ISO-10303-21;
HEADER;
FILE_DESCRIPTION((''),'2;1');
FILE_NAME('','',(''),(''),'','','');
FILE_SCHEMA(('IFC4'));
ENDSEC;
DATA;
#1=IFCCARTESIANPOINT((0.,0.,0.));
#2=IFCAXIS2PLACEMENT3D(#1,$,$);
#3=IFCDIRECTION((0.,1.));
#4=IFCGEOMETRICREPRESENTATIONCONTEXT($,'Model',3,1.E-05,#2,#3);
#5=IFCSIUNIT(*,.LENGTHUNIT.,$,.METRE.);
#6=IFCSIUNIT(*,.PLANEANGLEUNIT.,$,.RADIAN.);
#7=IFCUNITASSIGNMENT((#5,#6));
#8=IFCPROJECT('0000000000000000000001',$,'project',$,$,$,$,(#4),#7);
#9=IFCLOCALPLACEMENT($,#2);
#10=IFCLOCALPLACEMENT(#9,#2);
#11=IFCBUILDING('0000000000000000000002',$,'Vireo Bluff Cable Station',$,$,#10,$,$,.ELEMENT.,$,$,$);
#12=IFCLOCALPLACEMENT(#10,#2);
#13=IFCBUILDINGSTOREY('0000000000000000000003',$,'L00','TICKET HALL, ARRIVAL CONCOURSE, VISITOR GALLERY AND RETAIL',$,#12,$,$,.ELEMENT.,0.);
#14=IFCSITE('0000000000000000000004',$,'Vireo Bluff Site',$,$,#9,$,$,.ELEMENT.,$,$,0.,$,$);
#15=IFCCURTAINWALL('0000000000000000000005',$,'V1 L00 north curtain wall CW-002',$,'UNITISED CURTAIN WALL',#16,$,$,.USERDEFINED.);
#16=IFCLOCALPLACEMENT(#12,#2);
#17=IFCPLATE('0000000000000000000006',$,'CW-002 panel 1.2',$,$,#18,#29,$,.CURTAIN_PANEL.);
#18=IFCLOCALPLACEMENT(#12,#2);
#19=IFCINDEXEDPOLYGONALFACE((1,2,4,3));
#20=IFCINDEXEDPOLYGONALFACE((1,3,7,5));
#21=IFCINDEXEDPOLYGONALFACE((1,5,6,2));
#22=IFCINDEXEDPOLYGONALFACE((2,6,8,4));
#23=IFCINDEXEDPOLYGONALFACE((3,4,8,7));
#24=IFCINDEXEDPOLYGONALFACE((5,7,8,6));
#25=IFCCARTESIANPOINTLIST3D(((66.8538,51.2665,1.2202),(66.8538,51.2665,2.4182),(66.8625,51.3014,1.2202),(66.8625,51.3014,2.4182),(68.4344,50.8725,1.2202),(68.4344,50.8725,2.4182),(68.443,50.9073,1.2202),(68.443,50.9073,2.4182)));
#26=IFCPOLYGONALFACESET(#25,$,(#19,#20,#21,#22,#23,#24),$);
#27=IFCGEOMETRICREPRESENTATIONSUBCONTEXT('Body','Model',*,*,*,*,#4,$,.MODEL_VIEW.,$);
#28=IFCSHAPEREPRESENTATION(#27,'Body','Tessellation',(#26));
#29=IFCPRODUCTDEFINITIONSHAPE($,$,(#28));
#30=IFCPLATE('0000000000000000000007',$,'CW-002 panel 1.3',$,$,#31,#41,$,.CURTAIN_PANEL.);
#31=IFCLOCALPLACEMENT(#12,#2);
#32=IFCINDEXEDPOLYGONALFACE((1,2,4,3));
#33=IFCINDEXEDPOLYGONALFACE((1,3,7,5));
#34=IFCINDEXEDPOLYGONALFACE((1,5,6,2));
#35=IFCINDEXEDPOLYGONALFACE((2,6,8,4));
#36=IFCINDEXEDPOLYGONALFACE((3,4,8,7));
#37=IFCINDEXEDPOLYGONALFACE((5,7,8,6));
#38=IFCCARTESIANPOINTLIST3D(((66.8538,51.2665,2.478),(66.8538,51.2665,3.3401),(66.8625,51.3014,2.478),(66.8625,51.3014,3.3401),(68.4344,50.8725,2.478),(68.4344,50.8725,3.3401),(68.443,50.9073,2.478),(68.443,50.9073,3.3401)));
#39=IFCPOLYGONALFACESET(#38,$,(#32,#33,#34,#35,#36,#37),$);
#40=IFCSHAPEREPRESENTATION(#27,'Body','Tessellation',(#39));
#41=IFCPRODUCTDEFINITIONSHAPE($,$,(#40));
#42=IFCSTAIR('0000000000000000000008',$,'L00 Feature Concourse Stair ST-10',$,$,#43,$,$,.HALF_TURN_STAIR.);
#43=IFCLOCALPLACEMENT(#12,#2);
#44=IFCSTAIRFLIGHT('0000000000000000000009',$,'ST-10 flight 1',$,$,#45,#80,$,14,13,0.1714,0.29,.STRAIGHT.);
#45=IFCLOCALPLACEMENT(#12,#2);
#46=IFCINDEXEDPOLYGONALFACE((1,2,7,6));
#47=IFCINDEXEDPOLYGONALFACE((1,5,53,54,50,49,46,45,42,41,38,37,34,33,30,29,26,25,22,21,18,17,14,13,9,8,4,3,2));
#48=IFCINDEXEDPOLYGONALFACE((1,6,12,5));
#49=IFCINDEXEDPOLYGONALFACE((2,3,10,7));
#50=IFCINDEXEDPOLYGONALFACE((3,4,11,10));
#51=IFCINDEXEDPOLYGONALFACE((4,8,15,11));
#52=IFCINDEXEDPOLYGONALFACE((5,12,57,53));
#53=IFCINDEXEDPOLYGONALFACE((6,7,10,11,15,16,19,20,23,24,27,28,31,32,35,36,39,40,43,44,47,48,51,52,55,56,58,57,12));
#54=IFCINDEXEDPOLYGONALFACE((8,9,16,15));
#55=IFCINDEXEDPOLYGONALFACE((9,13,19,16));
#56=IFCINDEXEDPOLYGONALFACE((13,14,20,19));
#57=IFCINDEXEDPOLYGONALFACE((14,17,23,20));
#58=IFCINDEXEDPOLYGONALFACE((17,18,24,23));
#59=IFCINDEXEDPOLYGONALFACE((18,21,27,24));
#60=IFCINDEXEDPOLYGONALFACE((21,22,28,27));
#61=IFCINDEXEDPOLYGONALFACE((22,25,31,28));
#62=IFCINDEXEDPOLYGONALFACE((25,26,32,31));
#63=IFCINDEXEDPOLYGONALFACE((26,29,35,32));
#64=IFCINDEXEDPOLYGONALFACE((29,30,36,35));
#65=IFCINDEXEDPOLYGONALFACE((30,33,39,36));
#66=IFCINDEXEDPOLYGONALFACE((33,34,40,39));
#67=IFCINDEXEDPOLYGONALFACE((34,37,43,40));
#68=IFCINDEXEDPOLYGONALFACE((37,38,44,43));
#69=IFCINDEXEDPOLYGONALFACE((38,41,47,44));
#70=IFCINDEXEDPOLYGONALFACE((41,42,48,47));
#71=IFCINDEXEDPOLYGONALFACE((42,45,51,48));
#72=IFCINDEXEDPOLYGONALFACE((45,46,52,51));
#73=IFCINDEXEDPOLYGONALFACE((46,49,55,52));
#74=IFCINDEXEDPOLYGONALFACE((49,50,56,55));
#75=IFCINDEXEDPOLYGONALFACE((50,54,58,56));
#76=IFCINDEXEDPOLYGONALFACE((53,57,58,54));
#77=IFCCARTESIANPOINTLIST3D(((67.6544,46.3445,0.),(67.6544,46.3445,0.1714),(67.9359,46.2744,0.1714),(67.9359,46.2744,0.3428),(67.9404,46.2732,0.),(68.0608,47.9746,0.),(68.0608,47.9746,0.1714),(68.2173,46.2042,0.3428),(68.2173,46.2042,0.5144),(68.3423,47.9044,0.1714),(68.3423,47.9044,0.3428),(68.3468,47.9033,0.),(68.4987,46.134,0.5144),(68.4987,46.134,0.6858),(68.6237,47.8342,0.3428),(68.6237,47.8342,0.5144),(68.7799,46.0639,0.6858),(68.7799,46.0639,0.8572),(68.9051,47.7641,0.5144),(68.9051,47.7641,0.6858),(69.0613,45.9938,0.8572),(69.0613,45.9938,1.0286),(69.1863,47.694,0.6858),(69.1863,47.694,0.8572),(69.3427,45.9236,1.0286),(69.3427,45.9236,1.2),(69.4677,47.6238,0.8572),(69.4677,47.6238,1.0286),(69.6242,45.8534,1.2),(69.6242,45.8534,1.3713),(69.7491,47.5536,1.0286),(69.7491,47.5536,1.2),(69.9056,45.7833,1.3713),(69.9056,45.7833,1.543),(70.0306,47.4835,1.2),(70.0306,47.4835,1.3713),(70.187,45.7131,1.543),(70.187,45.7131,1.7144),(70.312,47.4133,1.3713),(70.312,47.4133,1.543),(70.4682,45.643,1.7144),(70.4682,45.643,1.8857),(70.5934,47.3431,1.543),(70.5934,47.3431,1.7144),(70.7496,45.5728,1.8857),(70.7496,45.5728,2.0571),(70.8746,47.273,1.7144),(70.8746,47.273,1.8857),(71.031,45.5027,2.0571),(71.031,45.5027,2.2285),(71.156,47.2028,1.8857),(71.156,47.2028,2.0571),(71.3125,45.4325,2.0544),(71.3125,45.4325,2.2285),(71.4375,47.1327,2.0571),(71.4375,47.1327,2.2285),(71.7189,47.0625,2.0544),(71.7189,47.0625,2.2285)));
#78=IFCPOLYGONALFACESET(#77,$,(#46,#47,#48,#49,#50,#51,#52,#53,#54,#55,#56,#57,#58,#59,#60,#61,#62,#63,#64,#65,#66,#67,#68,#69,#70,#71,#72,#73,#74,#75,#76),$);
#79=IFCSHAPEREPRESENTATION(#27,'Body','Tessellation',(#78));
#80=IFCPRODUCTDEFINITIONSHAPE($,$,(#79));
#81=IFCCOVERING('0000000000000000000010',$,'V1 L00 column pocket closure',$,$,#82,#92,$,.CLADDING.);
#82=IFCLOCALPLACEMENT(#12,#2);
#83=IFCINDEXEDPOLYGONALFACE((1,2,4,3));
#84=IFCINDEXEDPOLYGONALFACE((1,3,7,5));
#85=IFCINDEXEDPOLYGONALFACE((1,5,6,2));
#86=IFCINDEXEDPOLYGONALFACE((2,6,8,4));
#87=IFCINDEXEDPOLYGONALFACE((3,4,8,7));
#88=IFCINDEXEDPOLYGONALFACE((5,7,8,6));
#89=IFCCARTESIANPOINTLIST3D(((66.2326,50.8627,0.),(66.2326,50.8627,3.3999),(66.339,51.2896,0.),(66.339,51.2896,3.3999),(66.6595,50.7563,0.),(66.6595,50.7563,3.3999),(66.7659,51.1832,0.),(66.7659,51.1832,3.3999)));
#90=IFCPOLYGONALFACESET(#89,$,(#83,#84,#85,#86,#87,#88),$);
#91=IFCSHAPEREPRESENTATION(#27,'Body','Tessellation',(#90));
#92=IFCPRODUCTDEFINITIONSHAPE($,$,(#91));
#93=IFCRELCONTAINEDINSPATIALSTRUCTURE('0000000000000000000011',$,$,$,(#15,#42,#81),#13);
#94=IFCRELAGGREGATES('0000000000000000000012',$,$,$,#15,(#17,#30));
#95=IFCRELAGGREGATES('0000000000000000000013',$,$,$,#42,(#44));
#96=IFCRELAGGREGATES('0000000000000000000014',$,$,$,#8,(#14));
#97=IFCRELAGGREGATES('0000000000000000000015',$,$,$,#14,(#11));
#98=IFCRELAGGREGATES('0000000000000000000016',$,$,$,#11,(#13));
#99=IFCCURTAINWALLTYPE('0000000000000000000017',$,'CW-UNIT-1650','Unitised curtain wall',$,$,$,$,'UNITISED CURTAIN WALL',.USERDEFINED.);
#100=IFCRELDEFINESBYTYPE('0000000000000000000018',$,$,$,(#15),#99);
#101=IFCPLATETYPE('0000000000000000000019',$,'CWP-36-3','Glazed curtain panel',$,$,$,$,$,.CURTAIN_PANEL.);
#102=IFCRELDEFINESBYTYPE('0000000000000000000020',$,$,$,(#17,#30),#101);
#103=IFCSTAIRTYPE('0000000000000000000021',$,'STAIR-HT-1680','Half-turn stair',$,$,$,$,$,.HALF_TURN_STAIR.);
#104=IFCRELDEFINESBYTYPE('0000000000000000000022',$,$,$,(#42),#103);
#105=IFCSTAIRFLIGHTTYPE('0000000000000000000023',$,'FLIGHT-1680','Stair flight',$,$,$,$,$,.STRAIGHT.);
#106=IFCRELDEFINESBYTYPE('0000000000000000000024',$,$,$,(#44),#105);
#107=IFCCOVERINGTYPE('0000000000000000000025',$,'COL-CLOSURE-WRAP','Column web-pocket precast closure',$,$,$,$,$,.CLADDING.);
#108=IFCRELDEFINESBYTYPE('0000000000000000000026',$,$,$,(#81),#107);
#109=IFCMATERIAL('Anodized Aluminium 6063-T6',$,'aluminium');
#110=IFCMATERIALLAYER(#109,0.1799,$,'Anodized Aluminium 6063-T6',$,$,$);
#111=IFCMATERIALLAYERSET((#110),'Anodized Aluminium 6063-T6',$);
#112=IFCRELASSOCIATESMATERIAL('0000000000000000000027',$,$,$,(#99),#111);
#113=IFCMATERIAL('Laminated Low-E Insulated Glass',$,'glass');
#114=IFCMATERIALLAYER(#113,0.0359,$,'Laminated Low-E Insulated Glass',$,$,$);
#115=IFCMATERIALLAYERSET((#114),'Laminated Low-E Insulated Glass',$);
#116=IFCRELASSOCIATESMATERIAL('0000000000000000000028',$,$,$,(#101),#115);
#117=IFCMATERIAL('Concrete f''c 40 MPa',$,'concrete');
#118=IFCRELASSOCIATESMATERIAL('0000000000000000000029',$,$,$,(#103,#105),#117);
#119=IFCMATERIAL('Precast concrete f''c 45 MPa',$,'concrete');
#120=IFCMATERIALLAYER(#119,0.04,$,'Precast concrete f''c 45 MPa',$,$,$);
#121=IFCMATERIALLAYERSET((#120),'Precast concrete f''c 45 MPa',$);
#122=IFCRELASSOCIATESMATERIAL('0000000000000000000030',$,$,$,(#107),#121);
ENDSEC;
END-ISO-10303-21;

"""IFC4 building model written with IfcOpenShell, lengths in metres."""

from ifc_helpers import new_model, si_unit, direction, frame, origin, origin_2d, place, context, subcontext, project, spatial, polyline, rectangle, outline, extrude, material, layer, layer_set, type_object, element, aggregate, save


model = new_model("IFC4")

# Units and contexts
model_context = context("Model", 3, precision=1e-05, world=origin(), true_north=direction((0.0, 1.0)))
body_context = subcontext(model_context, "Body", "Model", "MODEL_VIEW")
ifc_project = project(units=[si_unit("LENGTHUNIT", "METRE"), si_unit("PLANEANGLEUNIT", "RADIAN")], contexts=[model_context])

# Site, building, storey
site_placement = place(None, origin())
site = spatial("IfcSite", under=ifc_project, at=site_placement, Name="Vireo Bluff Site", CompositionType="ELEMENT", RefElevation=0.0)
building_placement = place(site_placement, origin())
building = spatial("IfcBuilding", under=site, at=building_placement, Name="Vireo Bluff Cable Station", CompositionType="ELEMENT")
storey_placement = place(building_placement, origin())
storey = spatial("IfcBuildingStorey", under=building, at=storey_placement, Name="L00", Description="TICKET HALL, ARRIVAL CONCOURSE, VISITOR GALLERY AND RETAIL", CompositionType="ELEMENT", Elevation=0.0)

# Shared definitions
ifc_material_1 = material(Name="Concrete f'c 40 MPa", Category="concrete")

# Curtain wall
ifc_material_2 = material(Name="Anodized Aluminium 6063-T6", Category="aluminium")
ifc_layer_1 = layer(ifc_material_2, 0.1799, Name="Anodized Aluminium 6063-T6")
ifc_layer_set_1 = layer_set([ifc_layer_1], Name="Anodized Aluminium 6063-T6")
curtain_wall_type = type_object("IfcCurtainWallType", Name="CW-UNIT-1650", Description="Unitised curtain wall", ElementType="UNITISED CURTAIN WALL", PredefinedType="USERDEFINED", material=ifc_layer_set_1)
curtain_wall_placement = place(storey_placement, origin())
curtain_wall = element("IfcCurtainWall", 1, at=curtain_wall_placement, inside=storey, type_object=curtain_wall_type, Name="V1 L00 north curtain wall CW-002", ObjectType="UNITISED CURTAIN WALL", PredefinedType="USERDEFINED")

# Plates
ifc_material_3 = material(Name="Laminated Low-E Insulated Glass", Category="glass")
ifc_layer_2 = layer(ifc_material_3, 0.0359, Name="Laminated Low-E Insulated Glass")
ifc_layer_set_2 = layer_set([ifc_layer_2], Name="Laminated Low-E Insulated Glass")
plate_type = type_object("IfcPlateType", Name="CWP-36-3", Description="Glazed curtain panel", PredefinedType="CURTAIN_PANEL", material=ifc_layer_set_2)
plate_1_placement = place(storey_placement, frame((67.6484, 51.0869, 1.2202), z_axis=(0.0, 0.0, 1.0), x_axis=(0.970296, -0.241922, 0.0)))
plate_1 = element("IfcPlate", 2, at=plate_1_placement, type_object=plate_type, Name="CW-002 panel 1.2", PredefinedType="CURTAIN_PANEL", context=body_context, shape_type="SweptSolid", body=[
    extrude(rectangle(XDim=1.6289, YDim=0.0359, at=origin_2d()), origin(), (0.0, 0.0, 1.0), 1.198),
])
plate_2_placement = place(storey_placement, frame((67.6484, 51.0869, 2.478), z_axis=(0.0, 0.0, 1.0), x_axis=(0.970296, -0.241922, 0.0)))
plate_2 = element("IfcPlate", 3, at=plate_2_placement, type_object=plate_type, Name="CW-002 panel 1.3", PredefinedType="CURTAIN_PANEL", context=body_context, shape_type="SweptSolid", body=[
    extrude(rectangle(XDim=1.6289, YDim=0.0359, at=origin_2d()), origin(), (0.0, 0.0, 1.0), 0.8621),
])
aggregate(curtain_wall, [plate_1, plate_2])

# Stair, stair flight
stair_type = type_object("IfcStairType", Name="STAIR-HT-1680", Description="Half-turn stair", PredefinedType="HALF_TURN_STAIR", material=ifc_material_1)
stair_placement = place(storey_placement, origin())
stair = element("IfcStair", 4, at=stair_placement, inside=storey, type_object=stair_type, Name="L00 Feature Concourse Stair ST-10", PredefinedType="HALF_TURN_STAIR")
stair_flight_type = type_object("IfcStairFlightType", Name="FLIGHT-1680", Description="Stair flight", PredefinedType="STRAIGHT", material=ifc_material_1)
stair_flight_placement = place(storey_placement, frame((67.8577, 47.1597, 0.0), z_axis=(0.0, 0.0, 1.0), x_axis=(0.970296, -0.241922, 0.0)))
stair_flight = element("IfcStairFlight", 5, at=stair_flight_placement, type_object=stair_flight_type, Name="ST-10 flight 1", NumberOfRisers=14, NumberOfTreads=13, PredefinedType="STRAIGHT", RiserHeight=0.1714, TreadLength=0.29, context=body_context, shape_type="SweptSolid", body=[
    extrude(outline(polyline([(0.0, 0.0), (0.0, 0.1714), (0.29, 0.1714), (0.29, 0.3428), (0.5801, 0.3428), (0.5801, 0.5144), (0.8701, 0.5144), (0.8701, 0.6858), (1.1599, 0.6858), (1.1599, 0.8572), (1.45, 0.8572), (1.45, 1.0286), (1.74, 1.0286), (1.74, 1.2), (2.03, 1.2), (2.03, 1.3713), (2.3201, 1.3713), (2.3201, 1.543), (2.6101, 1.543), (2.6101, 1.7144), (2.8999, 1.7144), (2.8999, 1.8857), (3.1899, 1.8857), (3.1899, 2.0571), (3.48, 2.0571), (3.48, 2.2285), (3.77, 2.2285), (3.77, 2.3999), (3.77, 2.0544), (0.2947, 0.0), (0.0, 0.0)])), frame((0.0, 0.8398, 0.0), z_axis=(0.0, -1.0, 0.0), x_axis=(1.0, 0.0, 0.0)), (0.0, 0.0, 1.0), 1.6799),
])
aggregate(stair, [stair_flight])

# Covering
ifc_material_4 = material(Name="Precast concrete f'c 45 MPa", Category="concrete")
ifc_layer_3 = layer(ifc_material_4, 0.04, Name="Precast concrete f'c 45 MPa")
ifc_layer_set_3 = layer_set([ifc_layer_3], Name="Precast concrete f'c 45 MPa")
covering_type = type_object("IfcCoveringType", Name="COL-CLOSURE-WRAP", Description="Column web-pocket precast closure", PredefinedType="CLADDING", material=ifc_layer_set_3)
covering_placement = place(storey_placement, frame((66.4993, 51.0229, 0.0), z_axis=(0.0, 0.0, 1.0), x_axis=(0.970296, -0.241922, 0.0)))
element("IfcCovering", 6, at=covering_placement, inside=storey, type_object=covering_type, Name="V1 L00 column pocket closure", PredefinedType="CLADDING", context=body_context, shape_type="SweptSolid", body=[
    extrude(rectangle(XDim=0.4399, YDim=0.4399, at=origin_2d()), origin(), (0.0, 0.0, 1.0), 3.3999),
])

save(model, "model.ifc")
